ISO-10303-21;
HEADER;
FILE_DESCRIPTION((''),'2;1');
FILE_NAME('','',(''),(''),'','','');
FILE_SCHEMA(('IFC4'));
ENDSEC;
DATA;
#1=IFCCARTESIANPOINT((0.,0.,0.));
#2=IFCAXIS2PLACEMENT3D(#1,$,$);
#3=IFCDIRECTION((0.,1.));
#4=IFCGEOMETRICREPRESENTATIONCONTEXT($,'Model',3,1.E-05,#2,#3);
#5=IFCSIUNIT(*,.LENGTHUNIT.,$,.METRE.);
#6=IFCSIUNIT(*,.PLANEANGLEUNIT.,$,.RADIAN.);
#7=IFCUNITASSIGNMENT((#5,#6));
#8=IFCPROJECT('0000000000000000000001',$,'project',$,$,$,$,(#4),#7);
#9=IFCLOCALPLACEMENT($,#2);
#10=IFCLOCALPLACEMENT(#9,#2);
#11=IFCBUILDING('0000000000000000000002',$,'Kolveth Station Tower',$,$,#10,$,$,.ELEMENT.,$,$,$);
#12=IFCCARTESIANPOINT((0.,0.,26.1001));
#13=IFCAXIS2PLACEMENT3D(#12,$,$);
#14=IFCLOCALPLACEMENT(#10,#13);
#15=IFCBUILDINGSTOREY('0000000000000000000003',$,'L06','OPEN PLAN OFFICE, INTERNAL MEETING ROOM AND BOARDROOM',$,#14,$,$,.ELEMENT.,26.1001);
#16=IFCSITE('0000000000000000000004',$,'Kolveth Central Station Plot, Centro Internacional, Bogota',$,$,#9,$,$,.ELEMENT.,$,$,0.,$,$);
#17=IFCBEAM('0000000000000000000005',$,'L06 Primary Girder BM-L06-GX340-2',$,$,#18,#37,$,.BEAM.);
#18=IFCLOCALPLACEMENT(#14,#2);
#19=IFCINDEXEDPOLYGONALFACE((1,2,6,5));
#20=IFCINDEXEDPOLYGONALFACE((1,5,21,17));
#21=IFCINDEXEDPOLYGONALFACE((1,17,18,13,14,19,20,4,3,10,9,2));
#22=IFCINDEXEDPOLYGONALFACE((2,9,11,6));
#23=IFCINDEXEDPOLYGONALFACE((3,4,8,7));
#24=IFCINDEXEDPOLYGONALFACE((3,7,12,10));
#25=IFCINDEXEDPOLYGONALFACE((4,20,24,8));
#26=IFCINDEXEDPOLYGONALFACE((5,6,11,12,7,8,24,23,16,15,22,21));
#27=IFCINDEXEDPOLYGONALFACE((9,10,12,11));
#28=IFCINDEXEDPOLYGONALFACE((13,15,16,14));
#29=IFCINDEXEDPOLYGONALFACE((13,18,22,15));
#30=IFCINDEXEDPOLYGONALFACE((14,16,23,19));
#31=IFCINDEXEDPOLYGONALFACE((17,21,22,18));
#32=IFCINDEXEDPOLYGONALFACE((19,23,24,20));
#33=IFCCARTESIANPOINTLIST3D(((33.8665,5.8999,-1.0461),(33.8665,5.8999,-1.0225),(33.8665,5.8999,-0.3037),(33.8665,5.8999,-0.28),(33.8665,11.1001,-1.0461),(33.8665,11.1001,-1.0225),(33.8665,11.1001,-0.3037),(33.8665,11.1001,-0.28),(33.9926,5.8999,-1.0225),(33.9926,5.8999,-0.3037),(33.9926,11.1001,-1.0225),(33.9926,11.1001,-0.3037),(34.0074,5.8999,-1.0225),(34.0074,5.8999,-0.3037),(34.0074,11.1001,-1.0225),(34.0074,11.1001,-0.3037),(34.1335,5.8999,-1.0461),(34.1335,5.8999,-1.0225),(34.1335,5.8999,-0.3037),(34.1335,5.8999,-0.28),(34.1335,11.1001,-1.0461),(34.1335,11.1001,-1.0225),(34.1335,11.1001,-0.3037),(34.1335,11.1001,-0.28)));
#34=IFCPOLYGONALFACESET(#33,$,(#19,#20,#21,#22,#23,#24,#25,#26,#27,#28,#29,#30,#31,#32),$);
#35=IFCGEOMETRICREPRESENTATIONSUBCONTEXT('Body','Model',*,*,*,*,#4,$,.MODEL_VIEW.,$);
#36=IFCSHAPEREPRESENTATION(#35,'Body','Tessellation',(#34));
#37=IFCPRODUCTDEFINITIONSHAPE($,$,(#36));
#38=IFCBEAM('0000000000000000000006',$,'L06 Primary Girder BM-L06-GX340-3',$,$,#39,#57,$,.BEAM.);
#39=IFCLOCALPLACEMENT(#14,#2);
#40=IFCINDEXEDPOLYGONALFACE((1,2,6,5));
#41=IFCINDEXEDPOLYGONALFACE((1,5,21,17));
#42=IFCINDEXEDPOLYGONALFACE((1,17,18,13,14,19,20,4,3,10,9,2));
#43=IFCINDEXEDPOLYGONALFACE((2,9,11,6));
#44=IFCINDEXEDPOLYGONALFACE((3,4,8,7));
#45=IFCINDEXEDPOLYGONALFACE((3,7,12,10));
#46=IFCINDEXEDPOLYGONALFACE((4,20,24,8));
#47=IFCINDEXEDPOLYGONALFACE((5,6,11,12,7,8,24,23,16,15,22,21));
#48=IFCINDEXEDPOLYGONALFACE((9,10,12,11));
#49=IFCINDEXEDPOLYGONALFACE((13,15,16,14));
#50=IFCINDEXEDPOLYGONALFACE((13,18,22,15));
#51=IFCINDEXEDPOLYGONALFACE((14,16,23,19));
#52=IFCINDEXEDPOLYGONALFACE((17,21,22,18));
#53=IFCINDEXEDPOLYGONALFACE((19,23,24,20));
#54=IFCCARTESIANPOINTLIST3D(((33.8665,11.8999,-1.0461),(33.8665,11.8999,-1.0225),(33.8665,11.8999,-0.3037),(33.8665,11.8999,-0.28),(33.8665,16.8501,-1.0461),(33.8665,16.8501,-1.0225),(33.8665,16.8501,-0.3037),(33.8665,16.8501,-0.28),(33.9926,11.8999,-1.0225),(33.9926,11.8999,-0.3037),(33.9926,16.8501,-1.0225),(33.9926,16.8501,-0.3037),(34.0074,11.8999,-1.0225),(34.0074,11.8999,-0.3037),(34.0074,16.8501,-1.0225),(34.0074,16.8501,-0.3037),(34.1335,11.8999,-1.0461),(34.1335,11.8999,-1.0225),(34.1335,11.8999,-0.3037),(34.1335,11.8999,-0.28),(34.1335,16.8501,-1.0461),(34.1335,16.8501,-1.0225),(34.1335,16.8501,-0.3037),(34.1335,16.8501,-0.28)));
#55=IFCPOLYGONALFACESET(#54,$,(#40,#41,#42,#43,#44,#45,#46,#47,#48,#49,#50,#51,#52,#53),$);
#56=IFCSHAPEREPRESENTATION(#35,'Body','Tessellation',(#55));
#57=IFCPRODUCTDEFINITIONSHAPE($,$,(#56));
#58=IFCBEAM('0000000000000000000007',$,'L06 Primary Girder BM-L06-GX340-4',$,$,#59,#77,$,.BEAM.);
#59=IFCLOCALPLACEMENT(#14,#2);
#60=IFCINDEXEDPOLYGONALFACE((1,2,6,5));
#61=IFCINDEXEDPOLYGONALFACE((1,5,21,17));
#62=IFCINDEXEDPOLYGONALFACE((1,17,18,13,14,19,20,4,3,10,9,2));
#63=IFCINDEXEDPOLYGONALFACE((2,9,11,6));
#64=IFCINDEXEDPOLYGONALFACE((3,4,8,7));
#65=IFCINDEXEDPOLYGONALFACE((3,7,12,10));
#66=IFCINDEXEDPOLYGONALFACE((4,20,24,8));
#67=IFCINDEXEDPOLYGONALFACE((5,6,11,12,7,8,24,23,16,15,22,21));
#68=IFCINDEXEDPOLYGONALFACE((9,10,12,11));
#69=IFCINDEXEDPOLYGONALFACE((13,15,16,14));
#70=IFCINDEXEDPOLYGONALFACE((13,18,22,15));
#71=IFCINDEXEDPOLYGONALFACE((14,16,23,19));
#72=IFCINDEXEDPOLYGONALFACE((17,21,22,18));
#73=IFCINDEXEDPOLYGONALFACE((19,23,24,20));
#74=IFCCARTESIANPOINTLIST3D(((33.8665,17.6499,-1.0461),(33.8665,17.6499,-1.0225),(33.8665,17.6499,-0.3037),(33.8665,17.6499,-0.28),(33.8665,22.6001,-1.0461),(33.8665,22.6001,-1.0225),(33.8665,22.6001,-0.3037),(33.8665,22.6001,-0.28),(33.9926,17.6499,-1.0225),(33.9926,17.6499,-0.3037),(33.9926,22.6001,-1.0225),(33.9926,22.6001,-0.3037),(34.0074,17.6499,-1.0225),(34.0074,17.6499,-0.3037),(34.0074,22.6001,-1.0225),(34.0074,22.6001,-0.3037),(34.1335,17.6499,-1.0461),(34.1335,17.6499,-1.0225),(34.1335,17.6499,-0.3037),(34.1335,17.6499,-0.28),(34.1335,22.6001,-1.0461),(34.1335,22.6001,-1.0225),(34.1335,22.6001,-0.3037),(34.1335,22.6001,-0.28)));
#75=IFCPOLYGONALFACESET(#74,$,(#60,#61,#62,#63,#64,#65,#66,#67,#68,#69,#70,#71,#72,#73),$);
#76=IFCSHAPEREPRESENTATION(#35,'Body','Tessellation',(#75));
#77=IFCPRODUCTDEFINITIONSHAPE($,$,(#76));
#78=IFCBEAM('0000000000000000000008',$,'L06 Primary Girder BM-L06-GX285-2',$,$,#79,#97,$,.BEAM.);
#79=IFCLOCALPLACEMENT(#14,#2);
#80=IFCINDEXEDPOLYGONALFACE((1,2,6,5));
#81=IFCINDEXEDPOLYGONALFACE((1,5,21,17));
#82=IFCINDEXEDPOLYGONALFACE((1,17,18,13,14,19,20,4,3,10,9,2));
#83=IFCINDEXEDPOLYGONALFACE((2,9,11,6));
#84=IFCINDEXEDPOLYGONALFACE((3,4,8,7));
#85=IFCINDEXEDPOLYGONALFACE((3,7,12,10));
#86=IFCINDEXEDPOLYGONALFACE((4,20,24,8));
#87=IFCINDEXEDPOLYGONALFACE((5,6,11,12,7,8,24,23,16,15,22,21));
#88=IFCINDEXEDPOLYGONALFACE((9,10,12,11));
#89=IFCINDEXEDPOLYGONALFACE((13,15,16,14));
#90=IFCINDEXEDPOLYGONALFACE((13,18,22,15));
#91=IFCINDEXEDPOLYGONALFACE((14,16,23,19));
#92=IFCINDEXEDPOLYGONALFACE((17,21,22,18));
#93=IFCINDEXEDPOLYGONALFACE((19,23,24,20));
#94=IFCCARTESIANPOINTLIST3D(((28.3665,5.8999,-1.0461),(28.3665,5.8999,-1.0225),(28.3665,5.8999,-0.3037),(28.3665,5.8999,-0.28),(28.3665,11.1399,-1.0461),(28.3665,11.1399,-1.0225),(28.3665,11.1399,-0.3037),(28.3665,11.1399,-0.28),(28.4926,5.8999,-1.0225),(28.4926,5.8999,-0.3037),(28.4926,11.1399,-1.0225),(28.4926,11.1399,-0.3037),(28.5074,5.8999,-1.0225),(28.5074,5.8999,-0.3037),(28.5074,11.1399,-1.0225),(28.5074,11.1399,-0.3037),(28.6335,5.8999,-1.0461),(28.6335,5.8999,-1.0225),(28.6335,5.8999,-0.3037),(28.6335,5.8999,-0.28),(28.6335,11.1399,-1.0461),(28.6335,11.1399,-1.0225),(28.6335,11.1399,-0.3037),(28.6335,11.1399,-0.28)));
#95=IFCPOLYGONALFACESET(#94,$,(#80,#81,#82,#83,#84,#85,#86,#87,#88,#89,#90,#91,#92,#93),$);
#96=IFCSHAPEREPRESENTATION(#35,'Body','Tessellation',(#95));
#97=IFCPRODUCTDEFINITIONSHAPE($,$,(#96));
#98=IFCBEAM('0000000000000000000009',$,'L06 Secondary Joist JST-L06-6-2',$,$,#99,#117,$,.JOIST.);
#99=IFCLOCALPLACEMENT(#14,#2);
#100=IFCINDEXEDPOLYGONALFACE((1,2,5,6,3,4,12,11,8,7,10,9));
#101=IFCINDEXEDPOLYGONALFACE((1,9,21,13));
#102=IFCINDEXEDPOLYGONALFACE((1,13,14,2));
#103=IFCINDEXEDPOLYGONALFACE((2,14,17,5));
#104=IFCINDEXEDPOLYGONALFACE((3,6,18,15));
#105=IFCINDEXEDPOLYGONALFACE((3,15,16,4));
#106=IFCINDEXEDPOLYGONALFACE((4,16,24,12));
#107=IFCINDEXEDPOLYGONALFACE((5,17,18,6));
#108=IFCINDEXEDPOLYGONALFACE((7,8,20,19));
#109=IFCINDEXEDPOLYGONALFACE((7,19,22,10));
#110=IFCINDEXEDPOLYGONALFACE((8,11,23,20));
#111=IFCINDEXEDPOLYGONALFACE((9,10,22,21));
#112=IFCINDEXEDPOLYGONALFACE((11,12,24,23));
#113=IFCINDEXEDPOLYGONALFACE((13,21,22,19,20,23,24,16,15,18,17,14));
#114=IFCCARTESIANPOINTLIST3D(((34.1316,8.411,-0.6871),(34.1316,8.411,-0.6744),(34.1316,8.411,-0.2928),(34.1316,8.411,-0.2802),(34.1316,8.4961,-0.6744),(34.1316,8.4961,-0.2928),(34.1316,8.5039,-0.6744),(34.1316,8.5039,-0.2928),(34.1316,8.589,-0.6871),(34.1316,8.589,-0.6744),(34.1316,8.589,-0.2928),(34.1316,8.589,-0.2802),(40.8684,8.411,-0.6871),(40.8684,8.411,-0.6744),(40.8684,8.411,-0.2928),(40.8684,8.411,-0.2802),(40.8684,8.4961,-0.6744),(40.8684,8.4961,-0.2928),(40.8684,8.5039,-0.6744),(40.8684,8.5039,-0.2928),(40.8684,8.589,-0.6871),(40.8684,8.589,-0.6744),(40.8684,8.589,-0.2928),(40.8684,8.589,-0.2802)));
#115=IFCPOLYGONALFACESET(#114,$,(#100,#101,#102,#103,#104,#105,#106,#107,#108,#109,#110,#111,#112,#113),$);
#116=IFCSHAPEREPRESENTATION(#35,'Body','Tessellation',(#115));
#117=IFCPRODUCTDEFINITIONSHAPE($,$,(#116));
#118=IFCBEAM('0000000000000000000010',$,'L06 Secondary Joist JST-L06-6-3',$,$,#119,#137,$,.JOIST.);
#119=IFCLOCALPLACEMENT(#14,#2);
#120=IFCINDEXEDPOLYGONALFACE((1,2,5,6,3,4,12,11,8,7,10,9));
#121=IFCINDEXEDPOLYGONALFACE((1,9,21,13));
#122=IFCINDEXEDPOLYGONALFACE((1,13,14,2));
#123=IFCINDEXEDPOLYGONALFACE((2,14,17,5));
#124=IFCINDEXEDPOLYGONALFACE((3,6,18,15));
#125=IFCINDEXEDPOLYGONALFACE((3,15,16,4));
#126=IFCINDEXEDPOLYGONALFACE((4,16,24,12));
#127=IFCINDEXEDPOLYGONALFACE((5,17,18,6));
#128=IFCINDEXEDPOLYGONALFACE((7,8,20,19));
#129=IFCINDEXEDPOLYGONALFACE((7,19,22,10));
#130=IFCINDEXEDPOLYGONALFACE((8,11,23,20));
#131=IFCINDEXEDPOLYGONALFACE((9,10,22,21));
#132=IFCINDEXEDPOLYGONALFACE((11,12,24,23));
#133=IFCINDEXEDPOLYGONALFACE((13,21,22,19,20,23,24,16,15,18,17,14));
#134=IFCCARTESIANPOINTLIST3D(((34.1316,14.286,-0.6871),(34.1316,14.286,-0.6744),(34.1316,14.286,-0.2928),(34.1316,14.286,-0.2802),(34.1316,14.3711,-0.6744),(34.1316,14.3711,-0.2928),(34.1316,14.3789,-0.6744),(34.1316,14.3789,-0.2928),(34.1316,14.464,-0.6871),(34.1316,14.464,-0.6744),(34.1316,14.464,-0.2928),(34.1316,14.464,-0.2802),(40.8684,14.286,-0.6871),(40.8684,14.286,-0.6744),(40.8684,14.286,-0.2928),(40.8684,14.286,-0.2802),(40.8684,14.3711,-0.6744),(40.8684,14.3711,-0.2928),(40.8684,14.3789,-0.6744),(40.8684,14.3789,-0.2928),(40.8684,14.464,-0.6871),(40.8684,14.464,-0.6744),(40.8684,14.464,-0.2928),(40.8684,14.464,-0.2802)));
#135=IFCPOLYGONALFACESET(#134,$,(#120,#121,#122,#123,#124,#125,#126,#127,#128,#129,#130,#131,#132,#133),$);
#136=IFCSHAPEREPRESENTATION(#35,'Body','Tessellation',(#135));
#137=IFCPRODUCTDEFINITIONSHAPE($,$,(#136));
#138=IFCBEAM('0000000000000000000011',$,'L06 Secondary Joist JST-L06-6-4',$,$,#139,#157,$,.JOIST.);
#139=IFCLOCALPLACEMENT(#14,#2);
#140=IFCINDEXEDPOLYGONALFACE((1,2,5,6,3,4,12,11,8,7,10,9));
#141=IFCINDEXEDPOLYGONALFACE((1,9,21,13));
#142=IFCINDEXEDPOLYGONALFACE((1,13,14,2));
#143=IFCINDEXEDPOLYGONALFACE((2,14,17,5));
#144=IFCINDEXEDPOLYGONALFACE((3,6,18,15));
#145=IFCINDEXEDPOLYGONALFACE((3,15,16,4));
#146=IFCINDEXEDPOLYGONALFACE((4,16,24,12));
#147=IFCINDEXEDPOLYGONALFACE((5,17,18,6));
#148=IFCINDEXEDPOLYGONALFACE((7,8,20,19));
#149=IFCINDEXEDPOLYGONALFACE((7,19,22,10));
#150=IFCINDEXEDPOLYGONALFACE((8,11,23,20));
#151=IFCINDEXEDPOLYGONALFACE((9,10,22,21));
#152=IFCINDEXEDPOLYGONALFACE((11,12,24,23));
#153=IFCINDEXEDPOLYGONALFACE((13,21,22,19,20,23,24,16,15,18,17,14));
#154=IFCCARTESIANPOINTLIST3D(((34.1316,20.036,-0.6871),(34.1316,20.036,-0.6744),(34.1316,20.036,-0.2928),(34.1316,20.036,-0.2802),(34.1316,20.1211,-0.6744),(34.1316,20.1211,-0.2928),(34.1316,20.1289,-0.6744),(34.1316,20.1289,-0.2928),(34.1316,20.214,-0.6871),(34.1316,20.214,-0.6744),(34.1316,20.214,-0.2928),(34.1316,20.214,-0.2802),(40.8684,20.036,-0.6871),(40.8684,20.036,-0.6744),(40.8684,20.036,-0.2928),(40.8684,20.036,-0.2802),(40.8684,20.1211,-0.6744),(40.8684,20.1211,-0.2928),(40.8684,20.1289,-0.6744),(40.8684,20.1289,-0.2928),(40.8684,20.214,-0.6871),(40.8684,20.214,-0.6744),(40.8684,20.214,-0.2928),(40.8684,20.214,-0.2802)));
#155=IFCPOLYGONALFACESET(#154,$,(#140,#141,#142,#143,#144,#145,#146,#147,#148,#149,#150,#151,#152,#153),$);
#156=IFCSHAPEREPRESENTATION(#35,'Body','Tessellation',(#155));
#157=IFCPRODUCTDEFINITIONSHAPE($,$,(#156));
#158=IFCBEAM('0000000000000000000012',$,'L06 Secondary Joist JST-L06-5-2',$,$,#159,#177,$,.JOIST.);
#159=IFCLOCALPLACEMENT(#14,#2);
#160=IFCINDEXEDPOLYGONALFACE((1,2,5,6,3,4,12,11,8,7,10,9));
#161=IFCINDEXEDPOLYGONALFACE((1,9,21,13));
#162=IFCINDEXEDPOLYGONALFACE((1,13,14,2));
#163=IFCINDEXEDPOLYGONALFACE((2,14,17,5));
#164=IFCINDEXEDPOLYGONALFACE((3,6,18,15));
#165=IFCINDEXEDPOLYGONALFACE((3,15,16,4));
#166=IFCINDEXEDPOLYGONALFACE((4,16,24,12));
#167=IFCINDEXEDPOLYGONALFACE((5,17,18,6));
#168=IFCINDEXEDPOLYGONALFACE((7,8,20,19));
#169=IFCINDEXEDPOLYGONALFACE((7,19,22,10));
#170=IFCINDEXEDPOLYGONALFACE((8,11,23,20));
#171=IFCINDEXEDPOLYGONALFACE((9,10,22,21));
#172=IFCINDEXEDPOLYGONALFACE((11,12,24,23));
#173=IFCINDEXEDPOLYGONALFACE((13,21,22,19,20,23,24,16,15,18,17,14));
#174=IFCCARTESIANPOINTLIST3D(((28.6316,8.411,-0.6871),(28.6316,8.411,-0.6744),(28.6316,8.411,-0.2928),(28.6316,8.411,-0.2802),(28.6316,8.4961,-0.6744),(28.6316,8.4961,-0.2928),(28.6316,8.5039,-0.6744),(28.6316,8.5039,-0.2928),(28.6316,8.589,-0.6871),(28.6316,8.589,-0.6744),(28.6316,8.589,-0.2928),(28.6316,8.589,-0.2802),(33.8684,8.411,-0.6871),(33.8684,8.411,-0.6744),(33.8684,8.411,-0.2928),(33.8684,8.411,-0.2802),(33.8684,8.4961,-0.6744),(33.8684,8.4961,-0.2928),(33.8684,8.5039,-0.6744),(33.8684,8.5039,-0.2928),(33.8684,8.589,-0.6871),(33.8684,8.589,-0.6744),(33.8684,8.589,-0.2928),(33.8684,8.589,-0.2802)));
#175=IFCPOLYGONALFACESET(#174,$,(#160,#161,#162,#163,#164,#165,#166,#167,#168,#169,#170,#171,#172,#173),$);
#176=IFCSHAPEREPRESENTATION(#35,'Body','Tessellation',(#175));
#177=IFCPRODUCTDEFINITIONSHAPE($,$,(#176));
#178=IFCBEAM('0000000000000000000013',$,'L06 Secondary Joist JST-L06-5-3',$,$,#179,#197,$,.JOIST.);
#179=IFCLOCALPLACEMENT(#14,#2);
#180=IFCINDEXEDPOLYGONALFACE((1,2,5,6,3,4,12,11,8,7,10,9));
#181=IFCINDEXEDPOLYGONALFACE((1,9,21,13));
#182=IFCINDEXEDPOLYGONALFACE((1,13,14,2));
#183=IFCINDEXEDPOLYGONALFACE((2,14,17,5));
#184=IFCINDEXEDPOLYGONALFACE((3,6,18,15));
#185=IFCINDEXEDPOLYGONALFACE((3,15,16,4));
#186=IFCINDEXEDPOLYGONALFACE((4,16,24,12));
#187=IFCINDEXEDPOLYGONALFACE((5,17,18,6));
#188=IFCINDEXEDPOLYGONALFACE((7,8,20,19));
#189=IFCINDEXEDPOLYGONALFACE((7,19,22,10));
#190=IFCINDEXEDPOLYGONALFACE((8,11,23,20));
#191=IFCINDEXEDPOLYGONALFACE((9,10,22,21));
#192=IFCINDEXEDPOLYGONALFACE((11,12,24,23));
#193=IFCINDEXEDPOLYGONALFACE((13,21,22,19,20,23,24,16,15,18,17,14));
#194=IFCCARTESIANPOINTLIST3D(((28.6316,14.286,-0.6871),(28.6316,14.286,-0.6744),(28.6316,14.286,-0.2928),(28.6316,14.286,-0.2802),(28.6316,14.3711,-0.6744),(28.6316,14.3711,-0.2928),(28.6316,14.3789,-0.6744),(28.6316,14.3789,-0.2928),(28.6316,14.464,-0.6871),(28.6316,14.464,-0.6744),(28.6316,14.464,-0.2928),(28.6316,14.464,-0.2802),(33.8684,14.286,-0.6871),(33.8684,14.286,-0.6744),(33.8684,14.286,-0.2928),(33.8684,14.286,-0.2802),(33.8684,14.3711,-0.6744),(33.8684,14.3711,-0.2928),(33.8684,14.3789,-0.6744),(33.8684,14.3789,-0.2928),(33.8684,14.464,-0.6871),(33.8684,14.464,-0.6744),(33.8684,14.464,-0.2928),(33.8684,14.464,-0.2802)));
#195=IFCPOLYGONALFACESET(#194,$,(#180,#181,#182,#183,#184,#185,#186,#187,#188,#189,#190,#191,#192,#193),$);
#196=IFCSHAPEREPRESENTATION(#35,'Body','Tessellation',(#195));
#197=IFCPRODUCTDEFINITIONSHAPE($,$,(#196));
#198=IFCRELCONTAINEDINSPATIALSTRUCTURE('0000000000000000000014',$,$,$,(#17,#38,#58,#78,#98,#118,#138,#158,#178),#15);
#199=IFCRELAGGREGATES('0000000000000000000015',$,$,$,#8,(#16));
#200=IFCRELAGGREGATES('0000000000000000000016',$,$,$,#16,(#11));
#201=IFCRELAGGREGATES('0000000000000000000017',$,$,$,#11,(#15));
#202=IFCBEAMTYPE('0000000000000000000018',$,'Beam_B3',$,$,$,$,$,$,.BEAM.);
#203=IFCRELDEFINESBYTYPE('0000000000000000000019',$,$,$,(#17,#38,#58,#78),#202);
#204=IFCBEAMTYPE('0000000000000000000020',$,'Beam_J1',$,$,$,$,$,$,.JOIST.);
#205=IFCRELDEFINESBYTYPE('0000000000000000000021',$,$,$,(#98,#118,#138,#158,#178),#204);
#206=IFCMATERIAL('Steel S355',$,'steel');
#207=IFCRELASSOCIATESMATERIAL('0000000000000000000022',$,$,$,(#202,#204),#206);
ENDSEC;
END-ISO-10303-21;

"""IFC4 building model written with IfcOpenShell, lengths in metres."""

from ifc_helpers import new_model, si_unit, direction, frame, origin, origin_2d, place, context, subcontext, project, spatial, i_section, extrude, source, transform, mapped, material, material_profile, profile_set, type_object, element, save


model = new_model("IFC4")

# Units and contexts
model_context = context("Model", 3, precision=1e-05, world=origin(), true_north=direction((0.0, 1.0)))
body_context = subcontext(model_context, "Body", "Model", "MODEL_VIEW")
ifc_project = project(units=[si_unit("LENGTHUNIT", "METRE"), si_unit("PLANEANGLEUNIT", "RADIAN")], contexts=[model_context])

# Site, building, storey
site_placement = place(None, origin())
site = spatial("IfcSite", under=ifc_project, at=site_placement, Name="Kolveth Central Station Plot, Centro Internacional, Bogota", CompositionType="ELEMENT", RefElevation=0.0)
building_placement = place(site_placement, origin())
building = spatial("IfcBuilding", under=site, at=building_placement, Name="Kolveth Station Tower", CompositionType="ELEMENT")
storey_placement = place(building_placement, frame((0.0, 0.0, 26.1001)))
storey = spatial("IfcBuildingStorey", under=building, at=storey_placement, Name="L06", Description="OPEN PLAN OFFICE, INTERNAL MEETING ROOM AND BOARDROOM", CompositionType="ELEMENT", Elevation=26.1001)

# Beams
ifc_material_1 = material(Name="Steel S355", Category="steel")
ifc_material_profile_1 = material_profile(ifc_material_1, i_section(OverallWidth=0.2671, OverallDepth=0.7661, WebThickness=0.0149, FlangeThickness=0.0237, at=origin_2d()), Name="W760x185")
ifc_profile_set_1 = profile_set([ifc_material_profile_1], Name="Steel S355")
beam_type_1 = type_object("IfcBeamType", Name="Beam_B3", PredefinedType="BEAM", material=ifc_profile_set_1)
shared_shape_1 = source(origin(), body_context, "Body", "SweptSolid", [
    extrude(i_section(OverallWidth=0.2671, OverallDepth=0.7661, WebThickness=0.0149, FlangeThickness=0.0237, at=origin_2d()), origin(), (0.0, 0.0, 1.0), 5.2002),
])
beam_1_placement = place(storey_placement, frame((34.0, 5.8999, -0.6631), z_axis=(0.0, 1.0, 0.0), x_axis=(-1.0, 0.0, 0.0)))
element("IfcBeam", 1, at=beam_1_placement, inside=storey, type_object=beam_type_1, Name="L06 Primary Girder BM-L06-GX340-2", PredefinedType="BEAM", context=body_context, shape_type="MappedRepresentation", body=[
    mapped(shared_shape_1, transform((0.0, 0.0, 0.0), x_axis=(1.0, 0.0, 0.0), y_axis=(0.0, 1.0, 0.0), z_axis=(0.0, 0.0, 1.0), scale=1.0)),
])
shared_shape_2 = source(origin(), body_context, "Body", "SweptSolid", [
    extrude(i_section(OverallWidth=0.2671, OverallDepth=0.7661, WebThickness=0.0149, FlangeThickness=0.0237, at=origin_2d()), origin(), (0.0, 0.0, 1.0), 4.9502),
])
for number, where, z_axis, x_axis, name in (
    (2, (34.0, 11.8999, -0.6631), (0.0, 1.0, 0.0), (-1.0, 0.0, 0.0), "L06 Primary Girder BM-L06-GX340-3"),
    (3, (34.0, 17.6499, -0.6631), (0.0, 1.0, 0.0), (-1.0, 0.0, 0.0), "L06 Primary Girder BM-L06-GX340-4"),
):
    element("IfcBeam", number, at=place(storey_placement, frame(where, z_axis=z_axis, x_axis=x_axis)), inside=storey, type_object=beam_type_1, Name=name, PredefinedType="BEAM", context=body_context, shape_type="MappedRepresentation", body=[
        mapped(shared_shape_2, transform((0.0, 0.0, 0.0), x_axis=(1.0, 0.0, 0.0), y_axis=(0.0, 1.0, 0.0), z_axis=(0.0, 0.0, 1.0), scale=1.0)),
    ])
shared_shape_3 = source(origin(), body_context, "Body", "SweptSolid", [
    extrude(i_section(OverallWidth=0.2671, OverallDepth=0.7661, WebThickness=0.0149, FlangeThickness=0.0237, at=origin_2d()), origin(), (0.0, 0.0, 1.0), 5.24),
])
beam_2_placement = place(storey_placement, frame((28.5, 5.8999, -0.6631), z_axis=(0.0, 1.0, 0.0), x_axis=(-1.0, 0.0, 0.0)))
element("IfcBeam", 4, at=beam_2_placement, inside=storey, type_object=beam_type_1, Name="L06 Primary Girder BM-L06-GX285-2", PredefinedType="BEAM", context=body_context, shape_type="MappedRepresentation", body=[
    mapped(shared_shape_3, transform((0.0, 0.0, 0.0), x_axis=(1.0, 0.0, 0.0), y_axis=(0.0, 1.0, 0.0), z_axis=(0.0, 0.0, 1.0), scale=1.0)),
])
ifc_material_profile_2 = material_profile(ifc_material_1, i_section(OverallWidth=0.178, OverallDepth=0.407, WebThickness=0.0078, FlangeThickness=0.0127, at=origin_2d()), Name="W410x60")
ifc_profile_set_2 = profile_set([ifc_material_profile_2], Name="Steel S355")
beam_type_2 = type_object("IfcBeamType", Name="Beam_J1", PredefinedType="JOIST", material=ifc_profile_set_2)
shared_shape_4 = source(origin(), body_context, "Body", "SweptSolid", [
    extrude(i_section(OverallWidth=0.178, OverallDepth=0.407, WebThickness=0.0078, FlangeThickness=0.0127, at=origin_2d()), origin(), (0.0, 0.0, 1.0), 6.7368),
])
for number, where, z_axis, x_axis, name in (
    (5, (34.1316, 8.5, -0.4836), (1.0, 0.0, 0.0), (0.0, 1.0, 0.0), "L06 Secondary Joist JST-L06-6-2"),
    (6, (34.1316, 14.375, -0.4836), (1.0, 0.0, 0.0), (0.0, 1.0, 0.0), "L06 Secondary Joist JST-L06-6-3"),
    (7, (34.1316, 20.125, -0.4836), (1.0, 0.0, 0.0), (0.0, 1.0, 0.0), "L06 Secondary Joist JST-L06-6-4"),
):
    element("IfcBeam", number, at=place(storey_placement, frame(where, z_axis=z_axis, x_axis=x_axis)), inside=storey, type_object=beam_type_2, Name=name, PredefinedType="JOIST", context=body_context, shape_type="MappedRepresentation", body=[
        mapped(shared_shape_4, transform((0.0, 0.0, 0.0), x_axis=(1.0, 0.0, 0.0), y_axis=(0.0, 1.0, 0.0), z_axis=(0.0, 0.0, 1.0), scale=1.0)),
    ])
shared_shape_5 = source(origin(), body_context, "Body", "SweptSolid", [
    extrude(i_section(OverallWidth=0.178, OverallDepth=0.407, WebThickness=0.0078, FlangeThickness=0.0127, at=origin_2d()), origin(), (0.0, 0.0, 1.0), 5.2368),
])
for number, where, z_axis, x_axis, name in (
    (8, (28.6316, 8.5, -0.4836), (1.0, 0.0, 0.0), (0.0, 1.0, 0.0), "L06 Secondary Joist JST-L06-5-2"),
    (9, (28.6316, 14.375, -0.4836), (1.0, 0.0, 0.0), (0.0, 1.0, 0.0), "L06 Secondary Joist JST-L06-5-3"),
):
    element("IfcBeam", number, at=place(storey_placement, frame(where, z_axis=z_axis, x_axis=x_axis)), inside=storey, type_object=beam_type_2, Name=name, PredefinedType="JOIST", context=body_context, shape_type="MappedRepresentation", body=[
        mapped(shared_shape_5, transform((0.0, 0.0, 0.0), x_axis=(1.0, 0.0, 0.0), y_axis=(0.0, 1.0, 0.0), z_axis=(0.0, 0.0, 1.0), scale=1.0)),
    ])

save(model, "model.ifc")
